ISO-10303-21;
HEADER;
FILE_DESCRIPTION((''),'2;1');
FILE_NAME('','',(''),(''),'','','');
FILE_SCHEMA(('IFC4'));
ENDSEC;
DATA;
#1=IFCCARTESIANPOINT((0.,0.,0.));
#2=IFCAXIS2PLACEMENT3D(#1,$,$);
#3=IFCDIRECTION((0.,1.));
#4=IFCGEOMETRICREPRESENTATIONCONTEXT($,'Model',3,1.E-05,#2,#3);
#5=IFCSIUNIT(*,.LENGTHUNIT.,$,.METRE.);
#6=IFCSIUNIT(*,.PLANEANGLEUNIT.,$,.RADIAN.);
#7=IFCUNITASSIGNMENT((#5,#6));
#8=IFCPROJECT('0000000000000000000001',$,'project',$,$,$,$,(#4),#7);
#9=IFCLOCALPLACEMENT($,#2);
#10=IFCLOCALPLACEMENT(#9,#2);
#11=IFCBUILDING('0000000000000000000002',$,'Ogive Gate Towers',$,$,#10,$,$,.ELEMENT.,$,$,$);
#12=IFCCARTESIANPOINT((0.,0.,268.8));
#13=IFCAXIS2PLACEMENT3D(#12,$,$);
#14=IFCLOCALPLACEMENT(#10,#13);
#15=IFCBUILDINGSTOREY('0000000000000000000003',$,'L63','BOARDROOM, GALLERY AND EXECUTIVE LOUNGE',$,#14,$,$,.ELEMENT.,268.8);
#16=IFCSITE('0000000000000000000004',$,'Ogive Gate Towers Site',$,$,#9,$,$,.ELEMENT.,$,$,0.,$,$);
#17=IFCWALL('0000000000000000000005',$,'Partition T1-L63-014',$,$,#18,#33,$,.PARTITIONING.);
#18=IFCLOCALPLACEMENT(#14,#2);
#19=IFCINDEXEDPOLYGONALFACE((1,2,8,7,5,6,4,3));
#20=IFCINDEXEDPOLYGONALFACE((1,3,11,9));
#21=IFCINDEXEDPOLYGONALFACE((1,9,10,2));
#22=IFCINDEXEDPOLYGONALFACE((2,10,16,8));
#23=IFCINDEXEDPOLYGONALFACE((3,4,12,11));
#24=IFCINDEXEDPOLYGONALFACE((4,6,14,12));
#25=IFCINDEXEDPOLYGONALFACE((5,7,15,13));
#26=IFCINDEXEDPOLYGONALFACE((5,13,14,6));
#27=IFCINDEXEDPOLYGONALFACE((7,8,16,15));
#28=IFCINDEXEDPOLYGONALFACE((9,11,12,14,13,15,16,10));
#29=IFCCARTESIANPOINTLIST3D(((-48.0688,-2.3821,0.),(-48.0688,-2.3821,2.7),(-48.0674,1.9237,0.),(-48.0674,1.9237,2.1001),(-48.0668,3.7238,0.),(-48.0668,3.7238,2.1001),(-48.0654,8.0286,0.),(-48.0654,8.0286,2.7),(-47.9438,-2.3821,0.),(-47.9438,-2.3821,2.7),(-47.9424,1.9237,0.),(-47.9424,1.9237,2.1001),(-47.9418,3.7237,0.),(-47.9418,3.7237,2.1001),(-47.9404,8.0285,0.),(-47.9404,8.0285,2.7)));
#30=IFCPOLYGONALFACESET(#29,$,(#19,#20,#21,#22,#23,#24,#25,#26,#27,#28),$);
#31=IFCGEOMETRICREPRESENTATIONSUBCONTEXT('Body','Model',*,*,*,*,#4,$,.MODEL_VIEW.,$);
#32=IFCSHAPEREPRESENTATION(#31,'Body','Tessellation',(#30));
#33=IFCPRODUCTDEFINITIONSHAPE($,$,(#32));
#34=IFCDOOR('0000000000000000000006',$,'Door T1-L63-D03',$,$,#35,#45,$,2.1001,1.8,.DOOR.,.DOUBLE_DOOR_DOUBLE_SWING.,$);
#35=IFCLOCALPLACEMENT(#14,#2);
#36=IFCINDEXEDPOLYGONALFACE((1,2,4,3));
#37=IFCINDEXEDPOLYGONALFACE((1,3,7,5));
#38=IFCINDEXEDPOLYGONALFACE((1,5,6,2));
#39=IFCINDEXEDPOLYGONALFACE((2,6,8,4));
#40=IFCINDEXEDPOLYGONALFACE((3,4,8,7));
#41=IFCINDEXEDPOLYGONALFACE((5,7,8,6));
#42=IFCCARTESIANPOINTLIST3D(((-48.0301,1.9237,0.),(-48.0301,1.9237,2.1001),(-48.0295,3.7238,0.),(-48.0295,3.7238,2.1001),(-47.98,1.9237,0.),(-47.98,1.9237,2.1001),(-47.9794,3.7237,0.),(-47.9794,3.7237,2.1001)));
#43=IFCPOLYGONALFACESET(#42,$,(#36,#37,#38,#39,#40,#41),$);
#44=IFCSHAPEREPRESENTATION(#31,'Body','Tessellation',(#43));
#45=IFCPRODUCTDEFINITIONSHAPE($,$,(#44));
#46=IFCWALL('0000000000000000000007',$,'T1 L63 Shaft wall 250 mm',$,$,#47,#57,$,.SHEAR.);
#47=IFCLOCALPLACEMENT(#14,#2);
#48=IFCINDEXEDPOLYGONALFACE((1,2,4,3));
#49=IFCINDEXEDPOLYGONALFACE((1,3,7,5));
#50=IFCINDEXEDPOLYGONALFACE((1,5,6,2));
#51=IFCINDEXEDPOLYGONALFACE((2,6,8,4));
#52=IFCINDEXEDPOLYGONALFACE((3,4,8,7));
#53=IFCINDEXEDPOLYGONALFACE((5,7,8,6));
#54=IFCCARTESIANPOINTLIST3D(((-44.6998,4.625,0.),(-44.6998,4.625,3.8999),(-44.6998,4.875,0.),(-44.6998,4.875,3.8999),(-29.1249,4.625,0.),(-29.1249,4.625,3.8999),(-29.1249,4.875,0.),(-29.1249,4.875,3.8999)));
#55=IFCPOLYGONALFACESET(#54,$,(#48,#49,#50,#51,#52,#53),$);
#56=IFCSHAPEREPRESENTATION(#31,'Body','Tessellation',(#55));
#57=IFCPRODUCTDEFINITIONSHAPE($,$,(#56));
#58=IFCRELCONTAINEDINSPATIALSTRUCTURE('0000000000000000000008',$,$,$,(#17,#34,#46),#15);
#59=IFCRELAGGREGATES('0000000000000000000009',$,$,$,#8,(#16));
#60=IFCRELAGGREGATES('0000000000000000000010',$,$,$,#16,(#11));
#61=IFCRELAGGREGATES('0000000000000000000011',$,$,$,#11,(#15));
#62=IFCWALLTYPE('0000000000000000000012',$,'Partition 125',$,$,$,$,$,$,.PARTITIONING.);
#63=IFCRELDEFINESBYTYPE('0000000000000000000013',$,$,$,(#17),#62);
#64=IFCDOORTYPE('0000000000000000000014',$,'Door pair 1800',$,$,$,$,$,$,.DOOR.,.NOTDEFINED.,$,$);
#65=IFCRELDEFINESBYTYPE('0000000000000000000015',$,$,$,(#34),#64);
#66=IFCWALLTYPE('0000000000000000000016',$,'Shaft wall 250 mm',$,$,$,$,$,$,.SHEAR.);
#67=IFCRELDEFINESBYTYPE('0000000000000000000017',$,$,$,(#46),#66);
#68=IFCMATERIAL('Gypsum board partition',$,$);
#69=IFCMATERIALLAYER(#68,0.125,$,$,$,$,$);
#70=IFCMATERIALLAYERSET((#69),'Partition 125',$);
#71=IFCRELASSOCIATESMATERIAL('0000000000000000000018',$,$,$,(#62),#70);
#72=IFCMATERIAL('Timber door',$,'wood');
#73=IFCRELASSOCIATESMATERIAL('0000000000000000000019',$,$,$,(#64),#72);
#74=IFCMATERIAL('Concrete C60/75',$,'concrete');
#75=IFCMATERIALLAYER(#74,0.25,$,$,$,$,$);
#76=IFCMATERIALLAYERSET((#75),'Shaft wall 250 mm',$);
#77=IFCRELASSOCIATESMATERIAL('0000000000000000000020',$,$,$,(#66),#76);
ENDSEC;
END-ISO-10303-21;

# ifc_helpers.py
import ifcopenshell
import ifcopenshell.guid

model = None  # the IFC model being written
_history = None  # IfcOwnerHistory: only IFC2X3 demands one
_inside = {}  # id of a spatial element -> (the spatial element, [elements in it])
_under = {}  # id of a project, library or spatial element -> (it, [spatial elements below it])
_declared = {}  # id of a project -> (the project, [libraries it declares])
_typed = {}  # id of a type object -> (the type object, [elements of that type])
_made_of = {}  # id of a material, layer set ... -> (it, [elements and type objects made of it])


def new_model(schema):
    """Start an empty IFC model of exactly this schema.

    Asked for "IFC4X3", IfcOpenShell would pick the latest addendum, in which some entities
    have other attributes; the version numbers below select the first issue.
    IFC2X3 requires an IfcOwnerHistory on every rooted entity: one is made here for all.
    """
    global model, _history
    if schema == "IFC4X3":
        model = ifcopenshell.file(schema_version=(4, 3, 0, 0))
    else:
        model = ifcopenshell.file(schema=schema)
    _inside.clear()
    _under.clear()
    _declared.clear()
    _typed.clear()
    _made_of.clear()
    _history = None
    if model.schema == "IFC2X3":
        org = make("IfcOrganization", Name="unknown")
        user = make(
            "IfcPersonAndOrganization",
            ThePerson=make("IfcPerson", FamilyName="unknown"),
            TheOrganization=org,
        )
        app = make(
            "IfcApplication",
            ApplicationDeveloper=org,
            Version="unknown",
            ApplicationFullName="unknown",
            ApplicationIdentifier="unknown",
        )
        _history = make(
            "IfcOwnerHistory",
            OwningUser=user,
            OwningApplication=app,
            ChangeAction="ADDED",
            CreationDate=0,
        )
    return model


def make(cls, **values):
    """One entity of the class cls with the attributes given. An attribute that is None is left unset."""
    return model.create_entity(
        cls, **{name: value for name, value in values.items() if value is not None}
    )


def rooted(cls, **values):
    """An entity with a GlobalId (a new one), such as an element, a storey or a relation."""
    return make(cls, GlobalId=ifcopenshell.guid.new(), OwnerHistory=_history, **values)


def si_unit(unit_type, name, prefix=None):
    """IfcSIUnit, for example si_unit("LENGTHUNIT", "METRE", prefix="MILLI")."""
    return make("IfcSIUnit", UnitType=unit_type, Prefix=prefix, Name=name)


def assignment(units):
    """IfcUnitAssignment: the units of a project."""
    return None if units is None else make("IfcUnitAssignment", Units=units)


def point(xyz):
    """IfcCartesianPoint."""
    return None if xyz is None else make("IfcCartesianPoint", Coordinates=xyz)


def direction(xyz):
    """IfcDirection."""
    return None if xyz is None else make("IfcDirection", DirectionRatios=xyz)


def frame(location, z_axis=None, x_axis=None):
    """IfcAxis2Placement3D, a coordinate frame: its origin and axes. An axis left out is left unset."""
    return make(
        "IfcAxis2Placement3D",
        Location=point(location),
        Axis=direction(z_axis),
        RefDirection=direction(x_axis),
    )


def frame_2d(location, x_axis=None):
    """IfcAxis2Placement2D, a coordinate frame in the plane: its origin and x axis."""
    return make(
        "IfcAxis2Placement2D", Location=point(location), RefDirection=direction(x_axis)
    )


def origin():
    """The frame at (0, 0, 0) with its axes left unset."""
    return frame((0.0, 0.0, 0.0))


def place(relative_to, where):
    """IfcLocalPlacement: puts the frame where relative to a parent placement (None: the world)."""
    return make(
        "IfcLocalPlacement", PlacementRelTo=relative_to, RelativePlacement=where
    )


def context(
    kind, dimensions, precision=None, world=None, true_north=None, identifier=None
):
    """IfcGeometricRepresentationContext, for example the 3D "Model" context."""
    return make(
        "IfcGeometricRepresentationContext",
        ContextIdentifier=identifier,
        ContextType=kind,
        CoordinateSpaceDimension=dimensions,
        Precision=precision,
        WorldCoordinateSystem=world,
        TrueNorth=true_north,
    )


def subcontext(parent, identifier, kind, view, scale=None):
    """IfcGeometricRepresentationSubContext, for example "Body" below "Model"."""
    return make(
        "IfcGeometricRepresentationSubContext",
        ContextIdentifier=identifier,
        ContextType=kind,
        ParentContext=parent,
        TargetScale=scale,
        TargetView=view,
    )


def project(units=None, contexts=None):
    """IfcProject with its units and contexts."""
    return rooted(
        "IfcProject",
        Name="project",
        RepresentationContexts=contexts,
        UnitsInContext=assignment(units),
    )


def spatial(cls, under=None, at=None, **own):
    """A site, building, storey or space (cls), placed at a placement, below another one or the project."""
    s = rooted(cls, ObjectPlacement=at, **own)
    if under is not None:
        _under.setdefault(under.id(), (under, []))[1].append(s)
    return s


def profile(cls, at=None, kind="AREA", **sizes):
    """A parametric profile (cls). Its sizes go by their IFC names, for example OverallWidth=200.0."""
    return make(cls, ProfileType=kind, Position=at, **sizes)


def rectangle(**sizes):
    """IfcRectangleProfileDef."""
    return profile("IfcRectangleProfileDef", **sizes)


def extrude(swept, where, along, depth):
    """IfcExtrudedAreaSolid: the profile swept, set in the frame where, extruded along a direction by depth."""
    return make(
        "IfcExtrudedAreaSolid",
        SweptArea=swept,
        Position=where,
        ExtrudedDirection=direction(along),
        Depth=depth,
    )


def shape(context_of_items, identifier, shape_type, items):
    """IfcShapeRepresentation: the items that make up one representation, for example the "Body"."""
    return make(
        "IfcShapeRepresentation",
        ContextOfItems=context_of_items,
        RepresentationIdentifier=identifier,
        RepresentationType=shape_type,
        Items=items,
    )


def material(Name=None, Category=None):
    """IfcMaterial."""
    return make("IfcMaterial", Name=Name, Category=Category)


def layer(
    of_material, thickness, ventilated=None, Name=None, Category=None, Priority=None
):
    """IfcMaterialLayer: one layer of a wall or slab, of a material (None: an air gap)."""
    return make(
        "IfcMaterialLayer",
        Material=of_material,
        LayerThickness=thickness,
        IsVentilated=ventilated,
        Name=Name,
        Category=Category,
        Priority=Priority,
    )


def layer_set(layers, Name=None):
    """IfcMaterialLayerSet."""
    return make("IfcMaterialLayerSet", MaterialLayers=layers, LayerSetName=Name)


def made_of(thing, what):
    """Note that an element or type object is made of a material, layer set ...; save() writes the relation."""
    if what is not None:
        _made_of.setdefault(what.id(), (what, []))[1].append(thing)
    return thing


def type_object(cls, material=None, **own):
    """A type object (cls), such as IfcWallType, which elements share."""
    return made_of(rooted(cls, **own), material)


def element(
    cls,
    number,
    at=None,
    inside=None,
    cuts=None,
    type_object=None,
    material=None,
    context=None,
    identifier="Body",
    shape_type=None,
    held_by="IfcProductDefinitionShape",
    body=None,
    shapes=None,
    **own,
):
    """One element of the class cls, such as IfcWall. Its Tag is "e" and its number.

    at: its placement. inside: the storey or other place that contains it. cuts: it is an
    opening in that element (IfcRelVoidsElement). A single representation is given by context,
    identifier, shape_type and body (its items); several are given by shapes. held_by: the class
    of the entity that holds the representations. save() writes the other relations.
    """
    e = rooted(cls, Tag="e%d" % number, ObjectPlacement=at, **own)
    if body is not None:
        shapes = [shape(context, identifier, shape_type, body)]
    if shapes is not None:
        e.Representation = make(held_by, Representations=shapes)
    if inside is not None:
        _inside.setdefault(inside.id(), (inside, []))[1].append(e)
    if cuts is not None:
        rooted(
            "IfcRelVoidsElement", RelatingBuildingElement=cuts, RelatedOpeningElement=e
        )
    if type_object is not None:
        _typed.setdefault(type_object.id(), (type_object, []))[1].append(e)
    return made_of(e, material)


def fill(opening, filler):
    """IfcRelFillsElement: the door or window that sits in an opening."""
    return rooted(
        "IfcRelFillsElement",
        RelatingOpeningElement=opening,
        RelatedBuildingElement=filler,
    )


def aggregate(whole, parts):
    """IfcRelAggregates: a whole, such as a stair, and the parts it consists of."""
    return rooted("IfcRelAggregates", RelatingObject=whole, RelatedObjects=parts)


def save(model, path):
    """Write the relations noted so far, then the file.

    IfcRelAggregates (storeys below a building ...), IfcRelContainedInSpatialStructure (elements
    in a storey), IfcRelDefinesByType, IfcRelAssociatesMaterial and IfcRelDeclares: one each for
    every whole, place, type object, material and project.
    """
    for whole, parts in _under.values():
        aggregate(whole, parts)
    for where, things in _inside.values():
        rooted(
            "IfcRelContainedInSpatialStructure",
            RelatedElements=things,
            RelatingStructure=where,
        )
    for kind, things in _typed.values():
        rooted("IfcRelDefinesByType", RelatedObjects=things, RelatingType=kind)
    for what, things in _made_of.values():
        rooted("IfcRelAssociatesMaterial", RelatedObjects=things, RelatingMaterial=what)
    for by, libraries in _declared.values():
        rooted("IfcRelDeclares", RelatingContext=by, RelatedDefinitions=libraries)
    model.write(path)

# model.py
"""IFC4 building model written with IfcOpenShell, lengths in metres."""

from ifc_helpers import new_model, si_unit, direction, frame, frame_2d, origin, place, context, subcontext, project, spatial, rectangle, extrude, material, layer, layer_set, type_object, element, fill, save


model = new_model("IFC4")

# Units and contexts
model_context = context("Model", 3, precision=1e-05, world=origin(), true_north=direction((0.0, 1.0)))
body_context = subcontext(model_context, "Body", "Model", "MODEL_VIEW")
ifc_project = project(units=[si_unit("LENGTHUNIT", "METRE"), si_unit("PLANEANGLEUNIT", "RADIAN")], contexts=[model_context])

# Site, building, storey
site_placement = place(None, origin())
site = spatial("IfcSite", under=ifc_project, at=site_placement, Name="Ogive Gate Towers Site", CompositionType="ELEMENT", RefElevation=0.0)
building_placement = place(site_placement, origin())
building = spatial("IfcBuilding", under=site, at=building_placement, Name="Ogive Gate Towers", CompositionType="ELEMENT")
storey_placement = place(building_placement, frame((0.0, 0.0, 268.8)))
storey = spatial("IfcBuildingStorey", under=building, at=storey_placement, Name="L63", Description="BOARDROOM, GALLERY AND EXECUTIVE LOUNGE", CompositionType="ELEMENT", Elevation=268.8)

# Shared definitions
ifc_material_1 = material(Name="Concrete C60/75", Category="concrete")
ifc_material_2 = material(Name="Timber door", Category="wood")

# Wall, opening, door
ifc_material_3 = material(Name="Gypsum board partition")
ifc_layer_1 = layer(ifc_material_3, 0.125)
ifc_layer_set_1 = layer_set([ifc_layer_1], Name="Partition 125")
wall_type_1 = type_object("IfcWallType", Name="Partition 125", PredefinedType="PARTITIONING", material=ifc_layer_set_1)
wall_1_placement = place(storey_placement, frame((-48.0029, 8.0286, 0.0), z_axis=(0.0, 0.0, 1.0), x_axis=(-0.000328, -1.0, 0.0)))
wall_1 = element("IfcWall", 1, at=wall_1_placement, inside=storey, type_object=wall_type_1, Name="Partition T1-L63-014", PredefinedType="PARTITIONING", context=body_context, shape_type="SweptSolid", body=[
    extrude(rectangle(XDim=10.4106, YDim=0.125, at=frame_2d((5.2053, 0.0))), origin(), (0.0, 0.0, 1.0), 2.7),
])
opening_1_placement = place(wall_1_placement, frame((4.3049, 0.0, 0.0)))
opening_1 = element("IfcOpeningElement", 2, at=opening_1_placement, cuts=wall_1, PredefinedType="OPENING", context=body_context, shape_type="SweptSolid", body=[
    extrude(rectangle(XDim=1.8, YDim=2.1001, at=frame_2d((0.8999, 1.05))), frame((0.0, 0.0725, 0.0), z_axis=(0.0, -1.0, 0.0), x_axis=(1.0, 0.0, 0.0)), (0.0, 0.0, 1.0), 0.145),
])
door_type_1 = type_object("IfcDoorType", Name="Door pair 1800", OperationType="NOTDEFINED", PredefinedType="DOOR", material=ifc_material_2)
door_1_placement = place(opening_1_placement, origin())
door_1 = element("IfcDoor", 3, at=door_1_placement, inside=storey, type_object=door_type_1, Name="Door T1-L63-D03", OperationType="DOUBLE_DOOR_DOUBLE_SWING", OverallHeight=2.1001, OverallWidth=1.8, PredefinedType="DOOR", context=body_context, shape_type="SweptSolid", body=[
    extrude(rectangle(XDim=1.8, YDim=2.1001, at=frame_2d((0.8999, 1.05))), frame((0.0, 0.0249, 0.0), z_axis=(0.0, -1.0, 0.0), x_axis=(1.0, 0.0, 0.0)), (0.0, 0.0, 1.0), 0.05),
])
fill(opening_1, door_1)

# Wall
ifc_layer_2 = layer(ifc_material_1, 0.25)
ifc_layer_set_2 = layer_set([ifc_layer_2], Name="Shaft wall 250 mm")
wall_type_2 = type_object("IfcWallType", Name="Shaft wall 250 mm", PredefinedType="SHEAR", material=ifc_layer_set_2)
wall_2_placement = place(storey_placement, frame((-44.7, 4.75, 0.0), z_axis=(0.0, 0.0, 1.0), x_axis=(1.0, 0.0, 0.0)))
element("IfcWall", 4, at=wall_2_placement, inside=storey, type_object=wall_type_2, Name="T1 L63 Shaft wall 250 mm", PredefinedType="SHEAR", context=body_context, shape_type="SweptSolid", body=[
    extrude(rectangle(XDim=15.575, YDim=0.25, at=frame_2d((7.7876, 0.0))), origin(), (0.0, 0.0, 1.0), 3.8999),
])

save(model, "model.ifc")
